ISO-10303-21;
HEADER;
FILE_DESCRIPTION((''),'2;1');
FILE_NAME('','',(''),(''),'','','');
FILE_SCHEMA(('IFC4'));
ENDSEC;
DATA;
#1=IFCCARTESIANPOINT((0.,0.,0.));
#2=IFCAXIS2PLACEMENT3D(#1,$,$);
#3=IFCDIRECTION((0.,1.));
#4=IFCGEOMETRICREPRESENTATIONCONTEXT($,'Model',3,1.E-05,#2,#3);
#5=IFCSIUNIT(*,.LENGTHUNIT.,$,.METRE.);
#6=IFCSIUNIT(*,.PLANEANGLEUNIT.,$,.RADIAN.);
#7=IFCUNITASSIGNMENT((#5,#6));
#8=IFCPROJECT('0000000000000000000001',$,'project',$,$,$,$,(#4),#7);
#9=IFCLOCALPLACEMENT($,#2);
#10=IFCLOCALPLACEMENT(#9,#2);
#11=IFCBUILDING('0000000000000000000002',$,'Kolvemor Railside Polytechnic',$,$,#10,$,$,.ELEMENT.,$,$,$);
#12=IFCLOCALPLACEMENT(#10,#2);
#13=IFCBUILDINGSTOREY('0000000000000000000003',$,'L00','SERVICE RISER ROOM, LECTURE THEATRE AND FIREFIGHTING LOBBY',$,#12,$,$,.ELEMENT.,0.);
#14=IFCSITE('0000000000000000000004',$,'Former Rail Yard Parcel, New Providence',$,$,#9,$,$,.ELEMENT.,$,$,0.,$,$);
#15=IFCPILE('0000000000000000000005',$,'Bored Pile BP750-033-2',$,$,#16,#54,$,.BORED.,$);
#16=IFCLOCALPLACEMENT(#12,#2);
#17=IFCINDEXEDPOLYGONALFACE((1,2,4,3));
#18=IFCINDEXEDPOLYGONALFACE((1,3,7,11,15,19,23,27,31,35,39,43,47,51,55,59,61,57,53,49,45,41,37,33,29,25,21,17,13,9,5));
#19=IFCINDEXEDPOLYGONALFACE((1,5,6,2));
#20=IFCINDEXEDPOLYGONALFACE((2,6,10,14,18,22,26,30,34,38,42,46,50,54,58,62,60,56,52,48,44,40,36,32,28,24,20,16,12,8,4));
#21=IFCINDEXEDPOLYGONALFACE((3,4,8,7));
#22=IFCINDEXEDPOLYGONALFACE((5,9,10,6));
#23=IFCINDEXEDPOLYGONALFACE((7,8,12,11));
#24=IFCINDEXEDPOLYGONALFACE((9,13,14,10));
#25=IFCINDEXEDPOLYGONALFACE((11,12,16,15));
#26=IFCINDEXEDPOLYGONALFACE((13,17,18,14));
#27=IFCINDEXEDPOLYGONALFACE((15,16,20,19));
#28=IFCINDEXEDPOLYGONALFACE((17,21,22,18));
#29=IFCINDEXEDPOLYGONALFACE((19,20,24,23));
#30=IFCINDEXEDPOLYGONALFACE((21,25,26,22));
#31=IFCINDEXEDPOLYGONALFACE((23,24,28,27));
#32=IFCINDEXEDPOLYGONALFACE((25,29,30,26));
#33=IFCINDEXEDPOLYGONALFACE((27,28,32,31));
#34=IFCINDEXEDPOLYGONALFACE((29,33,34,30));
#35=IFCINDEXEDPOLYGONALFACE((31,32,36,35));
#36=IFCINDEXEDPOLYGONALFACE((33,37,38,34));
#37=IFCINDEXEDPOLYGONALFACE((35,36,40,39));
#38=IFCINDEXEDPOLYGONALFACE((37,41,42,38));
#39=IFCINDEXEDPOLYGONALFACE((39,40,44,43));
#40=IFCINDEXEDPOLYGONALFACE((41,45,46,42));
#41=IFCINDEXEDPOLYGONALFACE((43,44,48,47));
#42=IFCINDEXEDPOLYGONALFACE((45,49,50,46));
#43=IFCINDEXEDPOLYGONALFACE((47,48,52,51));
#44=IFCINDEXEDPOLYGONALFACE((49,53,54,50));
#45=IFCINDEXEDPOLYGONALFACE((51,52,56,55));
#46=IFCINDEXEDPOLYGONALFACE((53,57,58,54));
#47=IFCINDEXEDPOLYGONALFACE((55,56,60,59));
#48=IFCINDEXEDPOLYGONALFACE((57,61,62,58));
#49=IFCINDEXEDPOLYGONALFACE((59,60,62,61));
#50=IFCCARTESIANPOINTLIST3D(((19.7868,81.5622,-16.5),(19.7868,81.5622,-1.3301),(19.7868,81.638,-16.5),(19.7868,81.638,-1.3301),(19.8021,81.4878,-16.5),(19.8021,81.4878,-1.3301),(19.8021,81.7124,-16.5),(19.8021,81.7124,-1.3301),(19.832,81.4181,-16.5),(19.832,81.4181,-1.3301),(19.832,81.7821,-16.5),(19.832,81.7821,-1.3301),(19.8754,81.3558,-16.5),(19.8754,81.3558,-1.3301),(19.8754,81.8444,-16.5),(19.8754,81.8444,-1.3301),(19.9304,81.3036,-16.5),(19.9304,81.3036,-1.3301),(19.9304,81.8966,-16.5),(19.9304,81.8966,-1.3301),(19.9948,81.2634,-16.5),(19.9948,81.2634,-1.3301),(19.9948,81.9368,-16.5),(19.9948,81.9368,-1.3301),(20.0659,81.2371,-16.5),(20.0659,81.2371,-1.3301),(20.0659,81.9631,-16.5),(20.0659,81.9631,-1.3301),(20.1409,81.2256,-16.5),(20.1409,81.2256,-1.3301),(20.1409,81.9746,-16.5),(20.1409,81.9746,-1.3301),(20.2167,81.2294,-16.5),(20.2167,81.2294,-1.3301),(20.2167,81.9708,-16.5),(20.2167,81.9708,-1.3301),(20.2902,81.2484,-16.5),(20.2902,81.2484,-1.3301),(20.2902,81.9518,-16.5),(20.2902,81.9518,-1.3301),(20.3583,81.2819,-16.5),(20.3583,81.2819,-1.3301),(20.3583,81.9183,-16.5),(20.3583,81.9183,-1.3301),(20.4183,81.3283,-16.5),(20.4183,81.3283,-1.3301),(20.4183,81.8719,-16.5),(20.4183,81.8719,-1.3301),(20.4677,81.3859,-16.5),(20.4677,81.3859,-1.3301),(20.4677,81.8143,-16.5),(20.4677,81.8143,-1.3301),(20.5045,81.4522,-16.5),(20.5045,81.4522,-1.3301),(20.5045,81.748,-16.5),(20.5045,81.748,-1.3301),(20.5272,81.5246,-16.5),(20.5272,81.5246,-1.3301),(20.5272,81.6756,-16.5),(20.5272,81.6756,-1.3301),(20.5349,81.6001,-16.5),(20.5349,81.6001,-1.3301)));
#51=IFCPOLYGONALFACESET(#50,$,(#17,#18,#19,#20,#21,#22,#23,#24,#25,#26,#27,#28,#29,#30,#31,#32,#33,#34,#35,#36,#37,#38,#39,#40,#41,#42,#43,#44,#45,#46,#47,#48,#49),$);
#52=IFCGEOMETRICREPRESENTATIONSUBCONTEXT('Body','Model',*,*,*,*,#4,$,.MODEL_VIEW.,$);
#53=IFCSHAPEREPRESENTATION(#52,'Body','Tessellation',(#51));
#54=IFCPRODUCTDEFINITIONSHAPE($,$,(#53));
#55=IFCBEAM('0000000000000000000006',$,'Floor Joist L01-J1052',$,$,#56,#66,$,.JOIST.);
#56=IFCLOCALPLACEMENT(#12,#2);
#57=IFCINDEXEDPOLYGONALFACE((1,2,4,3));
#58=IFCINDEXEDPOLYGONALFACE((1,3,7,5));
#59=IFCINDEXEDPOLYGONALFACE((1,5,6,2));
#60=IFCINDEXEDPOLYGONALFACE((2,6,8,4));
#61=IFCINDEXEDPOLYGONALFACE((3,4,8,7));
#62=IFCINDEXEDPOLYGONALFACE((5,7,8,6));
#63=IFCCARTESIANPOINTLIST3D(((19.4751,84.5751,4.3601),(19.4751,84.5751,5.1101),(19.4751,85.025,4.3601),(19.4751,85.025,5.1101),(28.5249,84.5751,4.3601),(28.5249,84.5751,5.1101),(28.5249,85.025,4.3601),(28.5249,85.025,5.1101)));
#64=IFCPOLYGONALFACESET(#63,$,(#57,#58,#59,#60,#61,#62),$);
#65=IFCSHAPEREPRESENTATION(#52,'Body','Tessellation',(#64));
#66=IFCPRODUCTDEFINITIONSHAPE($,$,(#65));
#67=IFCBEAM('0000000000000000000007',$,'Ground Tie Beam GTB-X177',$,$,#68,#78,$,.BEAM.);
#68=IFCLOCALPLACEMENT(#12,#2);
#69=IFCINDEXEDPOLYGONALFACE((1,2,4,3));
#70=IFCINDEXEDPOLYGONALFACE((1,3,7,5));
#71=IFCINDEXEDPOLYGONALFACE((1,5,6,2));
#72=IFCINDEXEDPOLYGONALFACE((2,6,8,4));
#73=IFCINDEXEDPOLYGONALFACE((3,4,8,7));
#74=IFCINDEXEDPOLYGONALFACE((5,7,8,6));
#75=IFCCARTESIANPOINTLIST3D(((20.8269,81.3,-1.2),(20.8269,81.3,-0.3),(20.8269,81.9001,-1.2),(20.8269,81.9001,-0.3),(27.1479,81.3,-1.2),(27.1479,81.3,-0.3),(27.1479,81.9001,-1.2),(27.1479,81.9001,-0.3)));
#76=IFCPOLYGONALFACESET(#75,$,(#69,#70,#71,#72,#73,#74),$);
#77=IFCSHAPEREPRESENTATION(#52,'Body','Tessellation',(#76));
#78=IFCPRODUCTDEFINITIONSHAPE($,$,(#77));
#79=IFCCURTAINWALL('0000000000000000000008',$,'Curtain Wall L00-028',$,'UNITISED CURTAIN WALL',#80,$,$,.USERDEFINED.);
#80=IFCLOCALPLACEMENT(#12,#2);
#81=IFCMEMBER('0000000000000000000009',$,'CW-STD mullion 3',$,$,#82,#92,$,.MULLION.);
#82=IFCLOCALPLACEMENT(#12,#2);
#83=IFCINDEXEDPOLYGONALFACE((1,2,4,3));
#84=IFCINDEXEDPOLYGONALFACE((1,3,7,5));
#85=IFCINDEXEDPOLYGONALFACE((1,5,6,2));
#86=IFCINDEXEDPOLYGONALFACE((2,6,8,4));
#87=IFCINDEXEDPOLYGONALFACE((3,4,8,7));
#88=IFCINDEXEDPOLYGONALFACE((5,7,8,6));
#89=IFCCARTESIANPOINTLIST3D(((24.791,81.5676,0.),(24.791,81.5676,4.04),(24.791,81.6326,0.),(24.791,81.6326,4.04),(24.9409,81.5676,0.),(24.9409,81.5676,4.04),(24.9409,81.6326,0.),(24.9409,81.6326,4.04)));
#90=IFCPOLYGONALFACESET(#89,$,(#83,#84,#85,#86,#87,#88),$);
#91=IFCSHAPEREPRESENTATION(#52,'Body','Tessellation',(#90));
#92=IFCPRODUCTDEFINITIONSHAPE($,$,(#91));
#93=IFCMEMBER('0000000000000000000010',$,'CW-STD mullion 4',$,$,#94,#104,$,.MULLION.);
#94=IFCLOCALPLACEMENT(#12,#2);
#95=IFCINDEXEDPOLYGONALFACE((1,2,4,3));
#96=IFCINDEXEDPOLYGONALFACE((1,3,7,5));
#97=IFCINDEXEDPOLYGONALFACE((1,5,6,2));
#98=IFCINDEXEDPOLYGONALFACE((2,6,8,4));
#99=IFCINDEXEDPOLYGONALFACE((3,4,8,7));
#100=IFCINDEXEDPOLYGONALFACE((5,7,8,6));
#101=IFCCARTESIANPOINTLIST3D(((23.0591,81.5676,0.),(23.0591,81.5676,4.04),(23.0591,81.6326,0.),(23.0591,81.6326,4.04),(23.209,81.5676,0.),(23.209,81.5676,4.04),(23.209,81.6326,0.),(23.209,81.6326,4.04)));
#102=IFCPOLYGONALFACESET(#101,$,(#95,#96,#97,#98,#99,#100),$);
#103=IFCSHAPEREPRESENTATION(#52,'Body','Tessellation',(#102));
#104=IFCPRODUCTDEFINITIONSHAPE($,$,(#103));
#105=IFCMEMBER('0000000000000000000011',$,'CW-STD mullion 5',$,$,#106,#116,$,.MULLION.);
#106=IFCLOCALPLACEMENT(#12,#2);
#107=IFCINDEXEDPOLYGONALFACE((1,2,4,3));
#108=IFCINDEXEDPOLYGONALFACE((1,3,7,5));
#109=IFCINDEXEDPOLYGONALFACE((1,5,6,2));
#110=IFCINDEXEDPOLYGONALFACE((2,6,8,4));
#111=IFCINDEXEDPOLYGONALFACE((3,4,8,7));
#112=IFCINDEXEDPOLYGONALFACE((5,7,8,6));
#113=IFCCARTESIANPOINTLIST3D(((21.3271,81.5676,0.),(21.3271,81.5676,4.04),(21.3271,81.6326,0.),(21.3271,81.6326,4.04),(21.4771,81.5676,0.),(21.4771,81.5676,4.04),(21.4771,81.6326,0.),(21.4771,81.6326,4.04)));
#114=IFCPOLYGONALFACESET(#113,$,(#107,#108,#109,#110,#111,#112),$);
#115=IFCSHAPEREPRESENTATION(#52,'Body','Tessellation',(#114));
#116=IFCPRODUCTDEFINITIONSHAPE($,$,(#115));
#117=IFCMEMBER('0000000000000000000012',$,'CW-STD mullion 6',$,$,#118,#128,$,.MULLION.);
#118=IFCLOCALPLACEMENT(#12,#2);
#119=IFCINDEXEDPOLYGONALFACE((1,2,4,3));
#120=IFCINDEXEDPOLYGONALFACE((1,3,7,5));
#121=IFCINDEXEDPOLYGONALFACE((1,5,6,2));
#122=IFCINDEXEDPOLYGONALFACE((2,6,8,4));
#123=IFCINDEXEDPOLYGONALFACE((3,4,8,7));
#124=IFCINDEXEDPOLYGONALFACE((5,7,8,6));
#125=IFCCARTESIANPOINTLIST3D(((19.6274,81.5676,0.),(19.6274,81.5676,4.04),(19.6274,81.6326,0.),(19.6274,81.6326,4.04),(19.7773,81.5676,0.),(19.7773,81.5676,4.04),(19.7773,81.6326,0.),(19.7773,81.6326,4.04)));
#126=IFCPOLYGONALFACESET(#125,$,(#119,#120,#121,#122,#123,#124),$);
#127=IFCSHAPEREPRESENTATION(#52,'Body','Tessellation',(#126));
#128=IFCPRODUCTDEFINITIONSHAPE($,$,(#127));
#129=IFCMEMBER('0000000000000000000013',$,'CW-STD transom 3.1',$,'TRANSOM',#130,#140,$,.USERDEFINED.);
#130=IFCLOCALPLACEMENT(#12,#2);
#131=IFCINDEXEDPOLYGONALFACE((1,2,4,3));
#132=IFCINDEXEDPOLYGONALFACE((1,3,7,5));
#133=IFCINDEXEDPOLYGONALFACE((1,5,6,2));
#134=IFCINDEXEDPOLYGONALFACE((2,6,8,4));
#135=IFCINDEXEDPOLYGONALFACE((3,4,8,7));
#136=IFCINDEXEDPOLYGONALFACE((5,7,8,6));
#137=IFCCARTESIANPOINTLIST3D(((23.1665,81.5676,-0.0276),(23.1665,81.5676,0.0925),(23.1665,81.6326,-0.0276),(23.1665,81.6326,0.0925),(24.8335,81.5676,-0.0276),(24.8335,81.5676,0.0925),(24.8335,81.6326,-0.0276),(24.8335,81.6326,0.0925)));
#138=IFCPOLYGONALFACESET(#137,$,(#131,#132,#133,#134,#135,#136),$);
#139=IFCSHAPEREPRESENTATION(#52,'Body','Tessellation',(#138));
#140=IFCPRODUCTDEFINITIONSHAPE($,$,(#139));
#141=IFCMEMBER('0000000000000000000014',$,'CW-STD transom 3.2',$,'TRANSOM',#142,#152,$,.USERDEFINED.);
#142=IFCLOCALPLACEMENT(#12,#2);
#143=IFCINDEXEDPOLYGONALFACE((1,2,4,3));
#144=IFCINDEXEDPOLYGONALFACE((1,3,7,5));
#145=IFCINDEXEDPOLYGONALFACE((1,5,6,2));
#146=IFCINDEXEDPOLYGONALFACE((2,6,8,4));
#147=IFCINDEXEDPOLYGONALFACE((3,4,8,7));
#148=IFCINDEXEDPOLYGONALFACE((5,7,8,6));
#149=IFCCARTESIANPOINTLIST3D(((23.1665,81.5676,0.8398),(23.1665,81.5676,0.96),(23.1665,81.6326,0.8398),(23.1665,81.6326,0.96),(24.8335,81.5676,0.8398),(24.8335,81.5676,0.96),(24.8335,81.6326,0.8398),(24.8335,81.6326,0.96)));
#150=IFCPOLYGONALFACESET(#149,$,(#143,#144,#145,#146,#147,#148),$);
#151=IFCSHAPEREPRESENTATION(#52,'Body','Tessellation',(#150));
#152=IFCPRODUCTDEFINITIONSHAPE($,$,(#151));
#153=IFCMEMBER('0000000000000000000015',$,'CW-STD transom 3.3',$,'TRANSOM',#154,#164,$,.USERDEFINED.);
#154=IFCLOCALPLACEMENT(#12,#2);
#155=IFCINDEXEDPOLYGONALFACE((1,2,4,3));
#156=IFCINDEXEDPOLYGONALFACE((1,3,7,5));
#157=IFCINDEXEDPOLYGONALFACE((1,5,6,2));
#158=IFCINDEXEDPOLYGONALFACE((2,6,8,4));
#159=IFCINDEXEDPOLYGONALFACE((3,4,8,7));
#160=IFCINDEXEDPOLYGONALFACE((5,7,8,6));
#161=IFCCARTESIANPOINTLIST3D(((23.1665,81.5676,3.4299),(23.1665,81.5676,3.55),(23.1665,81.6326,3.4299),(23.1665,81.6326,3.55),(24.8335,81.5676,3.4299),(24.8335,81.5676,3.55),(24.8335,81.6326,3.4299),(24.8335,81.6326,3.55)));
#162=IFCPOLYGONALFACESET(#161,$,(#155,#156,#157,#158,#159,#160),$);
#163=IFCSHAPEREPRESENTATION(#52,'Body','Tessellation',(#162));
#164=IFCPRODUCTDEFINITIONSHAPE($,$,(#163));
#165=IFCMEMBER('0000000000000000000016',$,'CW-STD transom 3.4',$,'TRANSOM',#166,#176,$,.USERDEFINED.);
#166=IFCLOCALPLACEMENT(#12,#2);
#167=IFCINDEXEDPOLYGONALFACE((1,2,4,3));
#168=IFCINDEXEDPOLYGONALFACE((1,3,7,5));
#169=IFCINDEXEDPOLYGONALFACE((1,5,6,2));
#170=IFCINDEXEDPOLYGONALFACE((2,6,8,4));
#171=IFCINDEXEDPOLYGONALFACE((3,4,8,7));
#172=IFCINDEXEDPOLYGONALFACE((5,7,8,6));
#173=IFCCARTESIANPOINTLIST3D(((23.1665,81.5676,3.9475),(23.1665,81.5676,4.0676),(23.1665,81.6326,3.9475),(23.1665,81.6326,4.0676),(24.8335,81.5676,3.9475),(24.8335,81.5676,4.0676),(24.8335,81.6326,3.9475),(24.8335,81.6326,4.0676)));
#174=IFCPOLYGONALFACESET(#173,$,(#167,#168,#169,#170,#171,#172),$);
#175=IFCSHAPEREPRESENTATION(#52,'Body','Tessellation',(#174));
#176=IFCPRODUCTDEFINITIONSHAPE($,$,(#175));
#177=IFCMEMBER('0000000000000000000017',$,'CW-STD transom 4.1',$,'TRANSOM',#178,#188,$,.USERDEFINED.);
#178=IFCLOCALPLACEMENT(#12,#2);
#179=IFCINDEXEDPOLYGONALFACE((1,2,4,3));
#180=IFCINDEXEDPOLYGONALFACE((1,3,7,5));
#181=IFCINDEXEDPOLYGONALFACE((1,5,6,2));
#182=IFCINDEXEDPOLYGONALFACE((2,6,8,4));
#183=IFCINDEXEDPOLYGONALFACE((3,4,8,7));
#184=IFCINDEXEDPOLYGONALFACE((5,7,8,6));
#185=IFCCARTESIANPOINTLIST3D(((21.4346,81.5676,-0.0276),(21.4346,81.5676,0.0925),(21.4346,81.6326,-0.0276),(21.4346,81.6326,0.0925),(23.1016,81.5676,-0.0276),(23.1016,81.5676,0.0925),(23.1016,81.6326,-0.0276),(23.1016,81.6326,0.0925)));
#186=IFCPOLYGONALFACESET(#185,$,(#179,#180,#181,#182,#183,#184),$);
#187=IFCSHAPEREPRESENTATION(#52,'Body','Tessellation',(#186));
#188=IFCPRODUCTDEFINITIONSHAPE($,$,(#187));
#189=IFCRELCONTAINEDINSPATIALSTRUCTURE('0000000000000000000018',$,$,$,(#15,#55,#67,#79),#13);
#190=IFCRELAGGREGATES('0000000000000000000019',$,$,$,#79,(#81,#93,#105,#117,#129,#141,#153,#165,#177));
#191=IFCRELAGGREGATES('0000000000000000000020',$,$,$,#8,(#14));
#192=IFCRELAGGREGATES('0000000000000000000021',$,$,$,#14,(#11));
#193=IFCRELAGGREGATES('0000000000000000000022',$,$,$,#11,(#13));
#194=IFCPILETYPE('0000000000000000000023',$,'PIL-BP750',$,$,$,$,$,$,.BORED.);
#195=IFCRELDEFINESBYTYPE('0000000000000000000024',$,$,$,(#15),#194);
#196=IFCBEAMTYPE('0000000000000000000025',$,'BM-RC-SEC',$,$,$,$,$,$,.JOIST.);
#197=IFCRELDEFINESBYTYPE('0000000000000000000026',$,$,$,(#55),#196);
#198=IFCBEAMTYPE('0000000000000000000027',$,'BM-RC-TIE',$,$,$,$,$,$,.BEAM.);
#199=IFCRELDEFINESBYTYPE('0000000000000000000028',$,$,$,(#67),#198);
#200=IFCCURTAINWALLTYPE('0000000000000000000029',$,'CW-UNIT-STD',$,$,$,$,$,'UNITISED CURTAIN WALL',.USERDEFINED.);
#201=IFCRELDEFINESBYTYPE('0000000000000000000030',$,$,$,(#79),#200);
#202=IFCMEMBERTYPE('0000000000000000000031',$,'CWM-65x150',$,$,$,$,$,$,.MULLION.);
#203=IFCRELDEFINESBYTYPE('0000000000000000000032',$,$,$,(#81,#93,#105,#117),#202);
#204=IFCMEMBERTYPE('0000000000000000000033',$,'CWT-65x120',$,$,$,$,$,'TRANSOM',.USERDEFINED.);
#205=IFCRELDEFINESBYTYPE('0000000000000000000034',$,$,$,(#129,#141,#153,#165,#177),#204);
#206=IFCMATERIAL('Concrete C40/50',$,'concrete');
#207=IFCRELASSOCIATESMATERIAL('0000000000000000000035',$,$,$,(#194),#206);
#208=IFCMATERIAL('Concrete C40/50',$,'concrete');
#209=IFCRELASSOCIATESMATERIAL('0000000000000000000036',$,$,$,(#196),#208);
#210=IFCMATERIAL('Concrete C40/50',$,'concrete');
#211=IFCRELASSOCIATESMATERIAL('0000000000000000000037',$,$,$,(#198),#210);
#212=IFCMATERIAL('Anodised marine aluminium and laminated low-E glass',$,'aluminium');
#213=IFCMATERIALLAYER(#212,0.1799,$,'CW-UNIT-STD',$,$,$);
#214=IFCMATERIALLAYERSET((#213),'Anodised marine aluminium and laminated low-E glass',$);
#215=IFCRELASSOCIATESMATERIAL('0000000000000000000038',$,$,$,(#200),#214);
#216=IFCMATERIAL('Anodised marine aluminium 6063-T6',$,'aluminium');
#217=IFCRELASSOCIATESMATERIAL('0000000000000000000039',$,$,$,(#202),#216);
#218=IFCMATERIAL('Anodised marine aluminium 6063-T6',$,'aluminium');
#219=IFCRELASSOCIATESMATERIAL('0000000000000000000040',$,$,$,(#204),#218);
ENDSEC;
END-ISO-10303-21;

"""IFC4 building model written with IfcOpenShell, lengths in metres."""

from ifc_helpers import new_model, si_unit, direction, frame, origin, origin_2d, place, context, subcontext, project, spatial, rectangle, circle, extrude, material, layer, layer_set, material_profile, profile_set, type_object, element, aggregate, save


model = new_model("IFC4")

# Units and contexts
model_context = context("Model", 3, precision=1e-05, world=origin(), true_north=direction((0.0, 1.0)))
body_context = subcontext(model_context, "Body", "Model", "MODEL_VIEW")
ifc_project = project(units=[si_unit("LENGTHUNIT", "METRE"), si_unit("PLANEANGLEUNIT", "RADIAN")], contexts=[model_context])

# Site, building, storey
site_placement = place(None, origin())
site = spatial("IfcSite", under=ifc_project, at=site_placement, Name="Former Rail Yard Parcel, New Providence", CompositionType="ELEMENT", RefElevation=0.0)
building_placement = place(site_placement, origin())
building = spatial("IfcBuilding", under=site, at=building_placement, Name="Kolvemor Railside Polytechnic", CompositionType="ELEMENT")
storey_placement = place(building_placement, origin())
storey = spatial("IfcBuildingStorey", under=building, at=storey_placement, Name="L00", Description="SERVICE RISER ROOM, LECTURE THEATRE AND FIREFIGHTING LOBBY", CompositionType="ELEMENT", Elevation=0.0)

# Pile
ifc_material_1 = material(Name="Concrete C40/50", Category="concrete")
ifc_material_profile_1 = material_profile(ifc_material_1, circle(Radius=0.375, at=origin_2d()), Name="BP750")
ifc_profile_set_1 = profile_set([ifc_material_profile_1], Name="Concrete C40/50")
pile_type = type_object("IfcPileType", Name="PIL-BP750", PredefinedType="BORED", material=ifc_profile_set_1)
pile_placement = place(storey_placement, frame((20.1599, 81.6001, -1.3301), z_axis=(0.0, 0.0, -1.0), x_axis=(1.0, 0.0, 0.0)))
element("IfcPile", 1, at=pile_placement, inside=storey, type_object=pile_type, Name="Bored Pile BP750-033-2", PredefinedType="BORED", context=body_context, shape_type="SweptSolid", body=[
    extrude(circle(Radius=0.375, at=origin_2d()), origin(), (0.0, 0.0, 1.0), 15.1699),
])

# Beams
ifc_material_2 = material(Name="Concrete C40/50", Category="concrete")
ifc_material_profile_2 = material_profile(ifc_material_2, rectangle(XDim=0.45, YDim=0.75, at=origin_2d()), Name="RC450x750")
ifc_profile_set_2 = profile_set([ifc_material_profile_2], Name="Concrete C40/50")
beam_type_1 = type_object("IfcBeamType", Name="BM-RC-SEC", PredefinedType="JOIST", material=ifc_profile_set_2)
beam_1_placement = place(storey_placement, frame((19.4751, 84.8, 4.7351), z_axis=(1.0, 0.0, 0.0), x_axis=(0.0, 1.0, 0.0)))
element("IfcBeam", 2, at=beam_1_placement, inside=storey, type_object=beam_type_1, Name="Floor Joist L01-J1052", PredefinedType="JOIST", context=body_context, shape_type="SweptSolid", body=[
    extrude(rectangle(XDim=0.45, YDim=0.75, at=origin_2d()), origin(), (0.0, 0.0, 1.0), 9.0498),
])
ifc_material_3 = material(Name="Concrete C40/50", Category="concrete")
ifc_material_profile_3 = material_profile(ifc_material_3, rectangle(XDim=0.6001, YDim=0.8999, at=origin_2d()), Name="RC600x900")
ifc_profile_set_3 = profile_set([ifc_material_profile_3], Name="Concrete C40/50")
beam_type_2 = type_object("IfcBeamType", Name="BM-RC-TIE", PredefinedType="BEAM", material=ifc_profile_set_3)
beam_2_placement = place(storey_placement, frame((20.8269, 81.6001, -0.75), z_axis=(1.0, 0.0, 0.0), x_axis=(0.0, 1.0, 0.0)))
element("IfcBeam", 3, at=beam_2_placement, inside=storey, type_object=beam_type_2, Name="Ground Tie Beam GTB-X177", PredefinedType="BEAM", context=body_context, shape_type="SweptSolid", body=[
    extrude(rectangle(XDim=0.6001, YDim=0.8999, at=origin_2d()), origin(), (0.0, 0.0, 1.0), 6.321),
])

# Curtain wall, members
ifc_material_4 = material(Name="Anodised marine aluminium and laminated low-E glass", Category="aluminium")
ifc_layer_1 = layer(ifc_material_4, 0.1799, Name="CW-UNIT-STD")
ifc_layer_set_1 = layer_set([ifc_layer_1], Name="Anodised marine aluminium and laminated low-E glass")
curtain_wall_type = type_object("IfcCurtainWallType", Name="CW-UNIT-STD", ElementType="UNITISED CURTAIN WALL", PredefinedType="USERDEFINED", material=ifc_layer_set_1)
curtain_wall_1_placement = place(storey_placement, origin())
curtain_wall_1 = element("IfcCurtainWall", 4, at=curtain_wall_1_placement, inside=storey, type_object=curtain_wall_type, Name="Curtain Wall L00-028", ObjectType="UNITISED CURTAIN WALL", PredefinedType="USERDEFINED")
ifc_material_5 = material(Name="Anodised marine aluminium 6063-T6", Category="aluminium")
ifc_material_profile_4 = material_profile(ifc_material_5, rectangle(XDim=0.0649, YDim=0.1499, at=origin_2d()), Name="CW-MUL-65x150")
ifc_profile_set_4 = profile_set([ifc_material_profile_4], Name="Anodised marine aluminium 6063-T6")
member_type_1 = type_object("IfcMemberType", Name="CWM-65x150", PredefinedType="MULLION", material=ifc_profile_set_4)
member_1_placement = place(storey_placement, frame((24.866, 81.6001, 0.0), z_axis=(0.0, 0.0, 1.0), x_axis=(0.0, -1.0, 0.0)))
member_1 = element("IfcMember", 5, at=member_1_placement, type_object=member_type_1, Name="CW-STD mullion 3", PredefinedType="MULLION", context=body_context, shape_type="SweptSolid", body=[
    extrude(rectangle(XDim=0.0649, YDim=0.1499, at=origin_2d()), origin(), (0.0, 0.0, 1.0), 4.04),
])
member_2_placement = place(storey_placement, frame((23.134, 81.6001, 0.0), z_axis=(0.0, 0.0, 1.0), x_axis=(0.0, -1.0, 0.0)))
member_2 = element("IfcMember", 6, at=member_2_placement, type_object=member_type_1, Name="CW-STD mullion 4", PredefinedType="MULLION", context=body_context, shape_type="SweptSolid", body=[
    extrude(rectangle(XDim=0.0649, YDim=0.1499, at=origin_2d()), origin(), (0.0, 0.0, 1.0), 4.04),
])
member_3_placement = place(storey_placement, frame((21.4021, 81.6001, 0.0), z_axis=(0.0, 0.0, 1.0), x_axis=(0.0, -1.0, 0.0)))
member_3 = element("IfcMember", 7, at=member_3_placement, type_object=member_type_1, Name="CW-STD mullion 5", PredefinedType="MULLION", context=body_context, shape_type="SweptSolid", body=[
    extrude(rectangle(XDim=0.0649, YDim=0.1499, at=origin_2d()), origin(), (0.0, 0.0, 1.0), 4.04),
])
member_4_placement = place(storey_placement, frame((19.7024, 81.6001, 0.0), z_axis=(0.0, 0.0, 1.0), x_axis=(0.0, -1.0, 0.0)))
member_4 = element("IfcMember", 8, at=member_4_placement, type_object=member_type_1, Name="CW-STD mullion 6", PredefinedType="MULLION", context=body_context, shape_type="SweptSolid", body=[
    extrude(rectangle(XDim=0.0649, YDim=0.1499, at=origin_2d()), origin(), (0.0, 0.0, 1.0), 4.04),
])
ifc_material_6 = material(Name="Anodised marine aluminium 6063-T6", Category="aluminium")
ifc_material_profile_5 = material_profile(ifc_material_6, rectangle(XDim=0.0649, YDim=0.1201, at=origin_2d()), Name="CW-TRN-65x120")
ifc_profile_set_5 = profile_set([ifc_material_profile_5], Name="Anodised marine aluminium 6063-T6")
member_type_2 = type_object("IfcMemberType", Name="CWT-65x120", ElementType="TRANSOM", PredefinedType="USERDEFINED", material=ifc_profile_set_5)
member_5_placement = place(storey_placement, frame((24.8335, 81.6001, 0.0325), z_axis=(-1.0, 0.0, 0.0), x_axis=(0.0, -1.0, 0.0)))
member_5 = element("IfcMember", 9, at=member_5_placement, type_object=member_type_2, Name="CW-STD transom 3.1", ObjectType="TRANSOM", PredefinedType="USERDEFINED", context=body_context, shape_type="SweptSolid", body=[
    extrude(rectangle(XDim=0.0649, YDim=0.1201, at=origin_2d()), origin(), (0.0, 0.0, 1.0), 1.667),
])
member_6_placement = place(storey_placement, frame((24.8335, 81.6001, 0.8999), z_axis=(-1.0, 0.0, 0.0), x_axis=(0.0, -1.0, 0.0)))
member_6 = element("IfcMember", 10, at=member_6_placement, type_object=member_type_2, Name="CW-STD transom 3.2", ObjectType="TRANSOM", PredefinedType="USERDEFINED", context=body_context, shape_type="SweptSolid", body=[
    extrude(rectangle(XDim=0.0649, YDim=0.1201, at=origin_2d()), origin(), (0.0, 0.0, 1.0), 1.667),
])
member_7_placement = place(storey_placement, frame((24.8335, 81.6001, 3.49), z_axis=(-1.0, 0.0, 0.0), x_axis=(0.0, -1.0, 0.0)))
member_7 = element("IfcMember", 11, at=member_7_placement, type_object=member_type_2, Name="CW-STD transom 3.3", ObjectType="TRANSOM", PredefinedType="USERDEFINED", context=body_context, shape_type="SweptSolid", body=[
    extrude(rectangle(XDim=0.0649, YDim=0.1201, at=origin_2d()), origin(), (0.0, 0.0, 1.0), 1.667),
])
member_8_placement = place(storey_placement, frame((24.8335, 81.6001, 4.0076), z_axis=(-1.0, 0.0, 0.0), x_axis=(0.0, -1.0, 0.0)))
member_8 = element("IfcMember", 12, at=member_8_placement, type_object=member_type_2, Name="CW-STD transom 3.4", ObjectType="TRANSOM", PredefinedType="USERDEFINED", context=body_context, shape_type="SweptSolid", body=[
    extrude(rectangle(XDim=0.0649, YDim=0.1201, at=origin_2d()), origin(), (0.0, 0.0, 1.0), 1.667),
])
member_9_placement = place(storey_placement, frame((23.1016, 81.6001, 0.0325), z_axis=(-1.0, 0.0, 0.0), x_axis=(0.0, -1.0, 0.0)))
member_9 = element("IfcMember", 13, at=member_9_placement, type_object=member_type_2, Name="CW-STD transom 4.1", ObjectType="TRANSOM", PredefinedType="USERDEFINED", context=body_context, shape_type="SweptSolid", body=[
    extrude(rectangle(XDim=0.0649, YDim=0.1201, at=origin_2d()), origin(), (0.0, 0.0, 1.0), 1.667),
])

aggregate(curtain_wall_1, [member_1, member_2, member_3, member_4, member_5, member_6, member_7, member_8, member_9])

save(model, "model.ifc")
